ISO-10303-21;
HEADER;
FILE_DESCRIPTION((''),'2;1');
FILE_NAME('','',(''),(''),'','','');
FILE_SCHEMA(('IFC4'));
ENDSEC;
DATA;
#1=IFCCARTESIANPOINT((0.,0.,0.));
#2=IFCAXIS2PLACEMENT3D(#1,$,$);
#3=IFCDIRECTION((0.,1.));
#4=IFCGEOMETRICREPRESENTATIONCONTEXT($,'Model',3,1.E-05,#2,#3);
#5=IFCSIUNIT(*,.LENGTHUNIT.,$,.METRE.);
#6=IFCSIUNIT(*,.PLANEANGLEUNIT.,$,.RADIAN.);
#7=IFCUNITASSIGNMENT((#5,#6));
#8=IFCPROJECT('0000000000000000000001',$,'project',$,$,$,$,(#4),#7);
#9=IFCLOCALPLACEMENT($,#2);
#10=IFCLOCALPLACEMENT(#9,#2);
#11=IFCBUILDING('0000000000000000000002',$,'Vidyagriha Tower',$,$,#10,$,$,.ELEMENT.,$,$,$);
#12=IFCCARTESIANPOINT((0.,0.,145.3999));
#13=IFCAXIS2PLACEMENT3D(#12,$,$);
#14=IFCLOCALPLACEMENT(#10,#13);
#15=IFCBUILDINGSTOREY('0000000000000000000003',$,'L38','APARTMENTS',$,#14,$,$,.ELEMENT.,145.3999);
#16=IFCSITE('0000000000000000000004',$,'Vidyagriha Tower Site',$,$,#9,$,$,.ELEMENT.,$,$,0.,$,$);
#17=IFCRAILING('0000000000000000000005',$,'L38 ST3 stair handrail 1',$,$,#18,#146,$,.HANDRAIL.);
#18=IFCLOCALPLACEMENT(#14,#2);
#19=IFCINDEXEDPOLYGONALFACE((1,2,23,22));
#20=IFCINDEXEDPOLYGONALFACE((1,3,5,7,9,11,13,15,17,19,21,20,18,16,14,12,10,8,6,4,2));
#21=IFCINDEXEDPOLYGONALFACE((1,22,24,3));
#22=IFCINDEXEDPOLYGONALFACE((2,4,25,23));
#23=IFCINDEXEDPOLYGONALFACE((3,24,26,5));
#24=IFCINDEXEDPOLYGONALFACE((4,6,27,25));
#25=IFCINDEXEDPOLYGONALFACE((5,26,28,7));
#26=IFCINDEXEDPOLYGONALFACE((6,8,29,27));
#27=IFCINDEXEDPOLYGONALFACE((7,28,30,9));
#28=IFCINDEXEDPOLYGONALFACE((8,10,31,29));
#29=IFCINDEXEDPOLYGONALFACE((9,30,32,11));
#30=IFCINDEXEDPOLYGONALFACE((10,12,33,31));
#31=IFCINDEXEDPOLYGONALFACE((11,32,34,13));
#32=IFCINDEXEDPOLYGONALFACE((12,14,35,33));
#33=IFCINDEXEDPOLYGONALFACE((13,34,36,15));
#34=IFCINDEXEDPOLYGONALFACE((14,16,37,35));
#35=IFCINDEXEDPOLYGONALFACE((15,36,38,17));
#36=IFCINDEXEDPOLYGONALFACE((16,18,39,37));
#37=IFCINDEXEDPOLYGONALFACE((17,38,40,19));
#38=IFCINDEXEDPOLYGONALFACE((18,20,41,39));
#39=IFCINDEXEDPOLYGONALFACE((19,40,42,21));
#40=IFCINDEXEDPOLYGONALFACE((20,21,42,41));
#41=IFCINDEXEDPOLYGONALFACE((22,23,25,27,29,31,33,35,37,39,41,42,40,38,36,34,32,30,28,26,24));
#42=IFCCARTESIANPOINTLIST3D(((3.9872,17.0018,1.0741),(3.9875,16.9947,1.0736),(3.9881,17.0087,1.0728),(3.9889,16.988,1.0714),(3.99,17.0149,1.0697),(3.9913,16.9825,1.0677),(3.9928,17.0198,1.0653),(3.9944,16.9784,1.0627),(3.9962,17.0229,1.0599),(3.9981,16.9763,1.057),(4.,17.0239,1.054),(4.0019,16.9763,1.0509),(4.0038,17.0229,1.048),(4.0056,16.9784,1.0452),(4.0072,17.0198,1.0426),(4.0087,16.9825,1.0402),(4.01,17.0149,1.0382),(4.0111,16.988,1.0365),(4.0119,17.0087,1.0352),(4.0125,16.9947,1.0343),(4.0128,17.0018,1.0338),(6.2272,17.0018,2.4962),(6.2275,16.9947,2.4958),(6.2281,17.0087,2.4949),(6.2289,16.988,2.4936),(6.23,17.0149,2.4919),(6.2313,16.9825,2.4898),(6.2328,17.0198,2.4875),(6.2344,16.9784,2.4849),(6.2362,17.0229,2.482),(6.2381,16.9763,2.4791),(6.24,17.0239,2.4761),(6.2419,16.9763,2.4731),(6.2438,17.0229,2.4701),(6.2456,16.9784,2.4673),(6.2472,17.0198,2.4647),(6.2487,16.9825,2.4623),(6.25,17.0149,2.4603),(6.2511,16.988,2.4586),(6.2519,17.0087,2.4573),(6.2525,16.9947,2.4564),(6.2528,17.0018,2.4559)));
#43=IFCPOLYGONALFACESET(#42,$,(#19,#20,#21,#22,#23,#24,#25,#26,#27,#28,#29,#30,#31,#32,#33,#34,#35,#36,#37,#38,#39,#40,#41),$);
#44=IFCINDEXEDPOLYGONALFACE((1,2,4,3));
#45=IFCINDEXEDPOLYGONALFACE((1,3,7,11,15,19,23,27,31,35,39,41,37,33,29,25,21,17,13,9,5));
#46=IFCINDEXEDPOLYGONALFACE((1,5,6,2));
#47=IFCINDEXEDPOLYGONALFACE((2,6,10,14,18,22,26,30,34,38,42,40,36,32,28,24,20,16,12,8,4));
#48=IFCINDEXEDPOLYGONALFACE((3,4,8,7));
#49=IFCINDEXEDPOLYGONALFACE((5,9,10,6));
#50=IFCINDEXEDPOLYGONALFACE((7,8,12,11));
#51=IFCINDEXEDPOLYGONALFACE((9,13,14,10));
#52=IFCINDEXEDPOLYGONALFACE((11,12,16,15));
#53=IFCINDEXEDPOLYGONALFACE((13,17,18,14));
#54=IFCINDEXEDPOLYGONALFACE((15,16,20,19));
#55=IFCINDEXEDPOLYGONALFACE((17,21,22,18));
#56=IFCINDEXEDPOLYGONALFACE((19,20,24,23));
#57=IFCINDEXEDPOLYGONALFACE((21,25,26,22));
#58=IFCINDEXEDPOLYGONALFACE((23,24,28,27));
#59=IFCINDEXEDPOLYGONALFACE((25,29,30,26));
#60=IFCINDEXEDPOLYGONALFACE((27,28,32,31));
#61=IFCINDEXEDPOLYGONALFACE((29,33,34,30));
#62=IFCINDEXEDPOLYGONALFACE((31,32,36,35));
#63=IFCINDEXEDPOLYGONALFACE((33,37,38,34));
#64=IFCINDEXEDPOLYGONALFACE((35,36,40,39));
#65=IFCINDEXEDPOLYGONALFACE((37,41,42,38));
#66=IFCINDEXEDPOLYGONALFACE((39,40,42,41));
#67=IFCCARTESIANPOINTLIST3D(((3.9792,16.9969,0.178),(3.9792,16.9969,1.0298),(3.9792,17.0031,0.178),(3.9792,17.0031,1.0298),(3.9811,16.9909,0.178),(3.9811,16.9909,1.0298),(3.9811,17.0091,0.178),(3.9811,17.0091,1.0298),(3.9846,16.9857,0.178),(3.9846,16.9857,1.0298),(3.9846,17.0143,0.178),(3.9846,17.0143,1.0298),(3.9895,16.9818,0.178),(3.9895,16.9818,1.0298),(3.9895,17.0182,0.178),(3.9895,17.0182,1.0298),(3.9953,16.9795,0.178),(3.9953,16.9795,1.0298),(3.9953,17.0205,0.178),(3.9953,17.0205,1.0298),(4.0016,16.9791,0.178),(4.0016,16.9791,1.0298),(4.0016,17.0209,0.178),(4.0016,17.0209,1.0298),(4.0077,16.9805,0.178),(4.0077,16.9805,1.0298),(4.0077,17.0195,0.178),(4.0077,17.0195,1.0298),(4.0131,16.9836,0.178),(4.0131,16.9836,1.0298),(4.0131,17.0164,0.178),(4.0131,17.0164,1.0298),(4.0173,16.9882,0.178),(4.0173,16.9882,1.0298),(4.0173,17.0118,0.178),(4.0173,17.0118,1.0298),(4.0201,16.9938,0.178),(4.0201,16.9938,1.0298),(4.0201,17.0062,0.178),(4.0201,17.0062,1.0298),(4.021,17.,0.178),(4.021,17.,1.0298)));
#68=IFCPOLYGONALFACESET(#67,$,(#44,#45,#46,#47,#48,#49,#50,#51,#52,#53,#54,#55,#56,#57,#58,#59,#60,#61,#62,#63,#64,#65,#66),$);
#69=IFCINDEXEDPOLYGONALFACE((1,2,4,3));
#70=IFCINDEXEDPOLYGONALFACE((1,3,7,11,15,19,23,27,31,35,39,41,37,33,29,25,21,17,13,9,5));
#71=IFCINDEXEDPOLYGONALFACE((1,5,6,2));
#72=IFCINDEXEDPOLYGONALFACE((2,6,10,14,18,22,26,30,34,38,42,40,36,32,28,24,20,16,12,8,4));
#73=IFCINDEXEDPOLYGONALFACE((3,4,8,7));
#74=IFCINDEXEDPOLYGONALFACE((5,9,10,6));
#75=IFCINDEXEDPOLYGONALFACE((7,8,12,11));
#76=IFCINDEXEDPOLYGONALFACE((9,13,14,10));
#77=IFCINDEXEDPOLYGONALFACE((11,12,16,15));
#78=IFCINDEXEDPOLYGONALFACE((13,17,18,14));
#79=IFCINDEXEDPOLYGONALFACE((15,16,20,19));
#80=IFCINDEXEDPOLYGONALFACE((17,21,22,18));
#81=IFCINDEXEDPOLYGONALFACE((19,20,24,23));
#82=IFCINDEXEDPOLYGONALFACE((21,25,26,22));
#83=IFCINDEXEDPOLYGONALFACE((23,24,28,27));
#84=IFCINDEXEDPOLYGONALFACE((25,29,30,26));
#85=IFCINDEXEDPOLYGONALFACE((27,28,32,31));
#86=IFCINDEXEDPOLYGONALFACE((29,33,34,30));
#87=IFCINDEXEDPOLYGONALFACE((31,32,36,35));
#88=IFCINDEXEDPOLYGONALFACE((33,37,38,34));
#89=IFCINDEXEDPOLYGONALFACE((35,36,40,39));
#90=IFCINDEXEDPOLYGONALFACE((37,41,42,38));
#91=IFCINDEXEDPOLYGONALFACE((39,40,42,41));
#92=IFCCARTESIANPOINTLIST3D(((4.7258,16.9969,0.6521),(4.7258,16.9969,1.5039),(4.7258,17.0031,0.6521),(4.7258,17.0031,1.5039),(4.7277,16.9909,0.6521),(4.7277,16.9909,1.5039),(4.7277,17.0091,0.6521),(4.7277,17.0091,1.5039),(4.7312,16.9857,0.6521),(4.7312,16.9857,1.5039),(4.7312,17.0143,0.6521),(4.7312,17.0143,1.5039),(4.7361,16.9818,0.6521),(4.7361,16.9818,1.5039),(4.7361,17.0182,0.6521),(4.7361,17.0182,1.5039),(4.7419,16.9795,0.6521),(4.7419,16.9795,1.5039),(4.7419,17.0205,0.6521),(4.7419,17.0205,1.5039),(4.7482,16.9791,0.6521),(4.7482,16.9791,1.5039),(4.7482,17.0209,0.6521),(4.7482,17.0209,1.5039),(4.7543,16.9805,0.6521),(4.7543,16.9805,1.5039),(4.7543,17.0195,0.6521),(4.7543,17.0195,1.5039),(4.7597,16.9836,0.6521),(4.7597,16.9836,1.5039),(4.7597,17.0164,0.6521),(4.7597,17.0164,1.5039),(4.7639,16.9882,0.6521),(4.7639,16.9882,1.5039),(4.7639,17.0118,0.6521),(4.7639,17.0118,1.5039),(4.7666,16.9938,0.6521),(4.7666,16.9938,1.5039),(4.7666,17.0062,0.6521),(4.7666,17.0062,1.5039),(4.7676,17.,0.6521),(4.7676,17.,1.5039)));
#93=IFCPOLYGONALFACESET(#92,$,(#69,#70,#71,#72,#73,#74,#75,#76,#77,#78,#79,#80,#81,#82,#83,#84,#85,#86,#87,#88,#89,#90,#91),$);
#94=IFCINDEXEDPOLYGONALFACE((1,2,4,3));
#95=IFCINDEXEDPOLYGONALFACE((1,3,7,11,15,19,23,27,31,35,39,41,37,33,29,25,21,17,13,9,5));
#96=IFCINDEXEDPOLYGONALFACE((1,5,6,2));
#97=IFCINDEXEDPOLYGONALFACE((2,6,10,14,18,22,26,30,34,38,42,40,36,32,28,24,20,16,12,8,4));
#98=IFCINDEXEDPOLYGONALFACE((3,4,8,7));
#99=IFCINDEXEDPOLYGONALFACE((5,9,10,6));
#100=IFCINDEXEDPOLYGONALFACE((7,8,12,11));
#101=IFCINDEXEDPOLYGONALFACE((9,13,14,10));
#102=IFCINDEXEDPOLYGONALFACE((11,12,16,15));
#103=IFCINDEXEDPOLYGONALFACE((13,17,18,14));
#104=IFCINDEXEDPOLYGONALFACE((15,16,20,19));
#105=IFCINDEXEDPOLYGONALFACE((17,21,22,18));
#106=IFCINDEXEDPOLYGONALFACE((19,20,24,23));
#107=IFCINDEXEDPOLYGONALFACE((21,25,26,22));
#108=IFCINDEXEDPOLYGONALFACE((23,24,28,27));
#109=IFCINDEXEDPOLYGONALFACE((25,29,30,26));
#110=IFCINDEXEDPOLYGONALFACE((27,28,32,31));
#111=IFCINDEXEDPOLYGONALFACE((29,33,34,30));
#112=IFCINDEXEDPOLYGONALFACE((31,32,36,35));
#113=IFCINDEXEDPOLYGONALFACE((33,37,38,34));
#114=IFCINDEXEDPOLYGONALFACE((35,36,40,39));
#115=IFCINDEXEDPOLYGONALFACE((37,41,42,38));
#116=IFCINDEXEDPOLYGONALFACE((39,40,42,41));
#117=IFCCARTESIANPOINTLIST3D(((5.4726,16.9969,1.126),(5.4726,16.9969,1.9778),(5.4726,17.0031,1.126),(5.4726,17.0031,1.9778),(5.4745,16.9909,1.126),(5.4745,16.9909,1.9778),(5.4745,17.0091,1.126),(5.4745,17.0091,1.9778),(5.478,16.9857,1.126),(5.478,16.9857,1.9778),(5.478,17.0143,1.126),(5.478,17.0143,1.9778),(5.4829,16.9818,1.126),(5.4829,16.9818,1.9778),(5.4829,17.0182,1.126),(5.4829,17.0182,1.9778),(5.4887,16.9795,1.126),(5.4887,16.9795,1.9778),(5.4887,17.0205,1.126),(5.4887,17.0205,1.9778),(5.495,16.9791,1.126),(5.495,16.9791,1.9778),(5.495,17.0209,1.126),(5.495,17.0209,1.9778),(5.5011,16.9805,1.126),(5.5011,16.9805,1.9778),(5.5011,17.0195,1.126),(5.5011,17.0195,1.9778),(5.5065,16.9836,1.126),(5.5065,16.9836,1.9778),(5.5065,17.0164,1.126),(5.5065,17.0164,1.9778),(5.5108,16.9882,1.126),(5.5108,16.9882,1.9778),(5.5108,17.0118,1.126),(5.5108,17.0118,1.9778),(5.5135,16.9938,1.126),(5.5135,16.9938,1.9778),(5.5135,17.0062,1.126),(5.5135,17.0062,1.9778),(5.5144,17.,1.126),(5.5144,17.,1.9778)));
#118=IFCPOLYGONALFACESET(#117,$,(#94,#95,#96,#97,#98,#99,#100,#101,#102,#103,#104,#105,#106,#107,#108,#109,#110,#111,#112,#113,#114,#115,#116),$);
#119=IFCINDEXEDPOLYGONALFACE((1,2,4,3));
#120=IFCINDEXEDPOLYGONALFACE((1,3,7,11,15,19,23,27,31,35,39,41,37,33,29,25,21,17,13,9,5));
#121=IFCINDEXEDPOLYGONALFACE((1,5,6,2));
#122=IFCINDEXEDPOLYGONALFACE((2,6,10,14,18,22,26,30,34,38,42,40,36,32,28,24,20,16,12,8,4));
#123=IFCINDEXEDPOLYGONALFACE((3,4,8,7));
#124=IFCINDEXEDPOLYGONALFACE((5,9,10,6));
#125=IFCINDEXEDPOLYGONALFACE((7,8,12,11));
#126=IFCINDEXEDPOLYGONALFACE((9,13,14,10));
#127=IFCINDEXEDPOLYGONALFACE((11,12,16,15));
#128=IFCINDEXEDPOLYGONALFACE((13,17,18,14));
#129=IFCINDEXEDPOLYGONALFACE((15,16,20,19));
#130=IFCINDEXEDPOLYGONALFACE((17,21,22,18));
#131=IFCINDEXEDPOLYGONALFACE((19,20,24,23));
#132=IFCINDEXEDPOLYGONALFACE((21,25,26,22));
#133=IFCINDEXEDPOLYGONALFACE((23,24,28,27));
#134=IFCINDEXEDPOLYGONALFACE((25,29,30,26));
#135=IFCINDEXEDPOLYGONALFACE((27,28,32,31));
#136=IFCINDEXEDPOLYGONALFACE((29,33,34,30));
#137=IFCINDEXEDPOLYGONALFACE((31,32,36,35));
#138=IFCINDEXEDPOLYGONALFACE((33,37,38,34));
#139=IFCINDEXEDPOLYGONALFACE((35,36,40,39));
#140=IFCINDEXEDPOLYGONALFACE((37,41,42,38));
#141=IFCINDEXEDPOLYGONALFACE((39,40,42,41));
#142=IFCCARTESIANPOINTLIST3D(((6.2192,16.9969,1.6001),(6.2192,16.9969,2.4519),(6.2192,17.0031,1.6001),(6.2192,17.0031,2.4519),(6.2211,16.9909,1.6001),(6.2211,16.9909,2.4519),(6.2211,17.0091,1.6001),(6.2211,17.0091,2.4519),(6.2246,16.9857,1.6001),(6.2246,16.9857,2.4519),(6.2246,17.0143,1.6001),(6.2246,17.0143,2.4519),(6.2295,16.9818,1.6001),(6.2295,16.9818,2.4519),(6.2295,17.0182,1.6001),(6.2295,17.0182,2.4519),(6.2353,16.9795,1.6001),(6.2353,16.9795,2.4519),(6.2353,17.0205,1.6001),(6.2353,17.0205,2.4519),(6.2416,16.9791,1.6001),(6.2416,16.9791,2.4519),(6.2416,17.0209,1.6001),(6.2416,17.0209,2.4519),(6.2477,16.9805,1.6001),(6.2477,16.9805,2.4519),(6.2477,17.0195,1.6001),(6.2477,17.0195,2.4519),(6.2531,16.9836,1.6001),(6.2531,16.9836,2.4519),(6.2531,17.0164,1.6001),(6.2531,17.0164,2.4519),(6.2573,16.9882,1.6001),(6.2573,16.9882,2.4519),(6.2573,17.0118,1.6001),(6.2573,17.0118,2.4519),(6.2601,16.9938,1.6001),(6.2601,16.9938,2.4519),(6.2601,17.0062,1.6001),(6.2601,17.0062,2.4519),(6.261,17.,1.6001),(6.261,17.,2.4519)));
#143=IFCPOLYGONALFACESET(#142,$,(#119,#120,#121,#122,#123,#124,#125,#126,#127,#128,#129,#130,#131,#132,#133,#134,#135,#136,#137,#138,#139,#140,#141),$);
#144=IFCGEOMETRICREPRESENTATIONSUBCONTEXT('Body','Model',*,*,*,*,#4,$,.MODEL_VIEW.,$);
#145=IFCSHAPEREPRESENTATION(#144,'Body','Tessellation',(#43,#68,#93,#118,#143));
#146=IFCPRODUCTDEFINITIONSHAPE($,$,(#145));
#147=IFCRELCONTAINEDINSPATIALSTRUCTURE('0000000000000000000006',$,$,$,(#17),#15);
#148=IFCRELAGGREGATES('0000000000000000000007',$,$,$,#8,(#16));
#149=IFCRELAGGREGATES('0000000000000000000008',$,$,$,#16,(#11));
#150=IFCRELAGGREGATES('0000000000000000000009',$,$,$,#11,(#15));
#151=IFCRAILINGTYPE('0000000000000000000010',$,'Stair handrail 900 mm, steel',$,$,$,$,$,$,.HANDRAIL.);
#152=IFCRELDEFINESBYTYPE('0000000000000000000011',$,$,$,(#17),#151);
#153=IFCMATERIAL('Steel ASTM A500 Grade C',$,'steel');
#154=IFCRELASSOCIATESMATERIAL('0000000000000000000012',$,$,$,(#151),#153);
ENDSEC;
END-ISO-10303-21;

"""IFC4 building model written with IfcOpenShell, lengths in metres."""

from ifc_helpers import new_model, si_unit, direction, frame, origin, origin_2d, place, context, subcontext, project, spatial, circle, extrude, material, type_object, element, save


model = new_model("IFC4")

# Units and contexts
model_context = context("Model", 3, precision=1e-05, world=origin(), true_north=direction((0.0, 1.0)))
body_context = subcontext(model_context, "Body", "Model", "MODEL_VIEW")
ifc_project = project(units=[si_unit("LENGTHUNIT", "METRE"), si_unit("PLANEANGLEUNIT", "RADIAN")], contexts=[model_context])

# Site, building, storey
site_placement = place(None, origin())
site = spatial("IfcSite", under=ifc_project, at=site_placement, Name="Vidyagriha Tower Site", CompositionType="ELEMENT", RefElevation=0.0)
building_placement = place(site_placement, origin())
building = spatial("IfcBuilding", under=site, at=building_placement, Name="Vidyagriha Tower", CompositionType="ELEMENT")
storey_placement = place(building_placement, frame((0.0, 0.0, 145.3999)))
storey = spatial("IfcBuildingStorey", under=building, at=storey_placement, Name="L38", Description="APARTMENTS", CompositionType="ELEMENT", Elevation=145.3999)

# Railing
ifc_material_1 = material(Name="Steel ASTM A500 Grade C", Category="steel")
railing_type_1 = type_object("IfcRailingType", Name="Stair handrail 900 mm, steel", PredefinedType="HANDRAIL", material=ifc_material_1)
railing_1_placement = place(storey_placement, frame((4.0, 17.0, 0.178)))
element("IfcRailing", 1, at=railing_1_placement, inside=storey, type_object=railing_type_1, Name="L38 ST3 stair handrail 1", PredefinedType="HANDRAIL", context=body_context, shape_type="SweptSolid", body=[
    extrude(circle(Radius=0.0239, at=origin_2d()), frame((0.0, 0.0, 0.876), z_axis=(0.844229, 0.0, 0.535982), x_axis=(0.0, 1.0, 0.0)), (0.0, 0.0, 1.0), 2.6533),
    extrude(circle(Radius=0.021, at=origin_2d()), origin(), (0.0, 0.0, 1.0), 0.8518),
    extrude(circle(Radius=0.021, at=origin_2d()), frame((0.7466, 0.0, 0.4741)), (0.0, 0.0, 1.0), 0.8518),
    extrude(circle(Radius=0.021, at=origin_2d()), frame((1.4934, 0.0, 0.948)), (0.0, 0.0, 1.0), 0.8518),
    extrude(circle(Radius=0.021, at=origin_2d()), frame((2.24, 0.0, 1.4221)), (0.0, 0.0, 1.0), 0.8518),
])

save(model, "model.ifc")
